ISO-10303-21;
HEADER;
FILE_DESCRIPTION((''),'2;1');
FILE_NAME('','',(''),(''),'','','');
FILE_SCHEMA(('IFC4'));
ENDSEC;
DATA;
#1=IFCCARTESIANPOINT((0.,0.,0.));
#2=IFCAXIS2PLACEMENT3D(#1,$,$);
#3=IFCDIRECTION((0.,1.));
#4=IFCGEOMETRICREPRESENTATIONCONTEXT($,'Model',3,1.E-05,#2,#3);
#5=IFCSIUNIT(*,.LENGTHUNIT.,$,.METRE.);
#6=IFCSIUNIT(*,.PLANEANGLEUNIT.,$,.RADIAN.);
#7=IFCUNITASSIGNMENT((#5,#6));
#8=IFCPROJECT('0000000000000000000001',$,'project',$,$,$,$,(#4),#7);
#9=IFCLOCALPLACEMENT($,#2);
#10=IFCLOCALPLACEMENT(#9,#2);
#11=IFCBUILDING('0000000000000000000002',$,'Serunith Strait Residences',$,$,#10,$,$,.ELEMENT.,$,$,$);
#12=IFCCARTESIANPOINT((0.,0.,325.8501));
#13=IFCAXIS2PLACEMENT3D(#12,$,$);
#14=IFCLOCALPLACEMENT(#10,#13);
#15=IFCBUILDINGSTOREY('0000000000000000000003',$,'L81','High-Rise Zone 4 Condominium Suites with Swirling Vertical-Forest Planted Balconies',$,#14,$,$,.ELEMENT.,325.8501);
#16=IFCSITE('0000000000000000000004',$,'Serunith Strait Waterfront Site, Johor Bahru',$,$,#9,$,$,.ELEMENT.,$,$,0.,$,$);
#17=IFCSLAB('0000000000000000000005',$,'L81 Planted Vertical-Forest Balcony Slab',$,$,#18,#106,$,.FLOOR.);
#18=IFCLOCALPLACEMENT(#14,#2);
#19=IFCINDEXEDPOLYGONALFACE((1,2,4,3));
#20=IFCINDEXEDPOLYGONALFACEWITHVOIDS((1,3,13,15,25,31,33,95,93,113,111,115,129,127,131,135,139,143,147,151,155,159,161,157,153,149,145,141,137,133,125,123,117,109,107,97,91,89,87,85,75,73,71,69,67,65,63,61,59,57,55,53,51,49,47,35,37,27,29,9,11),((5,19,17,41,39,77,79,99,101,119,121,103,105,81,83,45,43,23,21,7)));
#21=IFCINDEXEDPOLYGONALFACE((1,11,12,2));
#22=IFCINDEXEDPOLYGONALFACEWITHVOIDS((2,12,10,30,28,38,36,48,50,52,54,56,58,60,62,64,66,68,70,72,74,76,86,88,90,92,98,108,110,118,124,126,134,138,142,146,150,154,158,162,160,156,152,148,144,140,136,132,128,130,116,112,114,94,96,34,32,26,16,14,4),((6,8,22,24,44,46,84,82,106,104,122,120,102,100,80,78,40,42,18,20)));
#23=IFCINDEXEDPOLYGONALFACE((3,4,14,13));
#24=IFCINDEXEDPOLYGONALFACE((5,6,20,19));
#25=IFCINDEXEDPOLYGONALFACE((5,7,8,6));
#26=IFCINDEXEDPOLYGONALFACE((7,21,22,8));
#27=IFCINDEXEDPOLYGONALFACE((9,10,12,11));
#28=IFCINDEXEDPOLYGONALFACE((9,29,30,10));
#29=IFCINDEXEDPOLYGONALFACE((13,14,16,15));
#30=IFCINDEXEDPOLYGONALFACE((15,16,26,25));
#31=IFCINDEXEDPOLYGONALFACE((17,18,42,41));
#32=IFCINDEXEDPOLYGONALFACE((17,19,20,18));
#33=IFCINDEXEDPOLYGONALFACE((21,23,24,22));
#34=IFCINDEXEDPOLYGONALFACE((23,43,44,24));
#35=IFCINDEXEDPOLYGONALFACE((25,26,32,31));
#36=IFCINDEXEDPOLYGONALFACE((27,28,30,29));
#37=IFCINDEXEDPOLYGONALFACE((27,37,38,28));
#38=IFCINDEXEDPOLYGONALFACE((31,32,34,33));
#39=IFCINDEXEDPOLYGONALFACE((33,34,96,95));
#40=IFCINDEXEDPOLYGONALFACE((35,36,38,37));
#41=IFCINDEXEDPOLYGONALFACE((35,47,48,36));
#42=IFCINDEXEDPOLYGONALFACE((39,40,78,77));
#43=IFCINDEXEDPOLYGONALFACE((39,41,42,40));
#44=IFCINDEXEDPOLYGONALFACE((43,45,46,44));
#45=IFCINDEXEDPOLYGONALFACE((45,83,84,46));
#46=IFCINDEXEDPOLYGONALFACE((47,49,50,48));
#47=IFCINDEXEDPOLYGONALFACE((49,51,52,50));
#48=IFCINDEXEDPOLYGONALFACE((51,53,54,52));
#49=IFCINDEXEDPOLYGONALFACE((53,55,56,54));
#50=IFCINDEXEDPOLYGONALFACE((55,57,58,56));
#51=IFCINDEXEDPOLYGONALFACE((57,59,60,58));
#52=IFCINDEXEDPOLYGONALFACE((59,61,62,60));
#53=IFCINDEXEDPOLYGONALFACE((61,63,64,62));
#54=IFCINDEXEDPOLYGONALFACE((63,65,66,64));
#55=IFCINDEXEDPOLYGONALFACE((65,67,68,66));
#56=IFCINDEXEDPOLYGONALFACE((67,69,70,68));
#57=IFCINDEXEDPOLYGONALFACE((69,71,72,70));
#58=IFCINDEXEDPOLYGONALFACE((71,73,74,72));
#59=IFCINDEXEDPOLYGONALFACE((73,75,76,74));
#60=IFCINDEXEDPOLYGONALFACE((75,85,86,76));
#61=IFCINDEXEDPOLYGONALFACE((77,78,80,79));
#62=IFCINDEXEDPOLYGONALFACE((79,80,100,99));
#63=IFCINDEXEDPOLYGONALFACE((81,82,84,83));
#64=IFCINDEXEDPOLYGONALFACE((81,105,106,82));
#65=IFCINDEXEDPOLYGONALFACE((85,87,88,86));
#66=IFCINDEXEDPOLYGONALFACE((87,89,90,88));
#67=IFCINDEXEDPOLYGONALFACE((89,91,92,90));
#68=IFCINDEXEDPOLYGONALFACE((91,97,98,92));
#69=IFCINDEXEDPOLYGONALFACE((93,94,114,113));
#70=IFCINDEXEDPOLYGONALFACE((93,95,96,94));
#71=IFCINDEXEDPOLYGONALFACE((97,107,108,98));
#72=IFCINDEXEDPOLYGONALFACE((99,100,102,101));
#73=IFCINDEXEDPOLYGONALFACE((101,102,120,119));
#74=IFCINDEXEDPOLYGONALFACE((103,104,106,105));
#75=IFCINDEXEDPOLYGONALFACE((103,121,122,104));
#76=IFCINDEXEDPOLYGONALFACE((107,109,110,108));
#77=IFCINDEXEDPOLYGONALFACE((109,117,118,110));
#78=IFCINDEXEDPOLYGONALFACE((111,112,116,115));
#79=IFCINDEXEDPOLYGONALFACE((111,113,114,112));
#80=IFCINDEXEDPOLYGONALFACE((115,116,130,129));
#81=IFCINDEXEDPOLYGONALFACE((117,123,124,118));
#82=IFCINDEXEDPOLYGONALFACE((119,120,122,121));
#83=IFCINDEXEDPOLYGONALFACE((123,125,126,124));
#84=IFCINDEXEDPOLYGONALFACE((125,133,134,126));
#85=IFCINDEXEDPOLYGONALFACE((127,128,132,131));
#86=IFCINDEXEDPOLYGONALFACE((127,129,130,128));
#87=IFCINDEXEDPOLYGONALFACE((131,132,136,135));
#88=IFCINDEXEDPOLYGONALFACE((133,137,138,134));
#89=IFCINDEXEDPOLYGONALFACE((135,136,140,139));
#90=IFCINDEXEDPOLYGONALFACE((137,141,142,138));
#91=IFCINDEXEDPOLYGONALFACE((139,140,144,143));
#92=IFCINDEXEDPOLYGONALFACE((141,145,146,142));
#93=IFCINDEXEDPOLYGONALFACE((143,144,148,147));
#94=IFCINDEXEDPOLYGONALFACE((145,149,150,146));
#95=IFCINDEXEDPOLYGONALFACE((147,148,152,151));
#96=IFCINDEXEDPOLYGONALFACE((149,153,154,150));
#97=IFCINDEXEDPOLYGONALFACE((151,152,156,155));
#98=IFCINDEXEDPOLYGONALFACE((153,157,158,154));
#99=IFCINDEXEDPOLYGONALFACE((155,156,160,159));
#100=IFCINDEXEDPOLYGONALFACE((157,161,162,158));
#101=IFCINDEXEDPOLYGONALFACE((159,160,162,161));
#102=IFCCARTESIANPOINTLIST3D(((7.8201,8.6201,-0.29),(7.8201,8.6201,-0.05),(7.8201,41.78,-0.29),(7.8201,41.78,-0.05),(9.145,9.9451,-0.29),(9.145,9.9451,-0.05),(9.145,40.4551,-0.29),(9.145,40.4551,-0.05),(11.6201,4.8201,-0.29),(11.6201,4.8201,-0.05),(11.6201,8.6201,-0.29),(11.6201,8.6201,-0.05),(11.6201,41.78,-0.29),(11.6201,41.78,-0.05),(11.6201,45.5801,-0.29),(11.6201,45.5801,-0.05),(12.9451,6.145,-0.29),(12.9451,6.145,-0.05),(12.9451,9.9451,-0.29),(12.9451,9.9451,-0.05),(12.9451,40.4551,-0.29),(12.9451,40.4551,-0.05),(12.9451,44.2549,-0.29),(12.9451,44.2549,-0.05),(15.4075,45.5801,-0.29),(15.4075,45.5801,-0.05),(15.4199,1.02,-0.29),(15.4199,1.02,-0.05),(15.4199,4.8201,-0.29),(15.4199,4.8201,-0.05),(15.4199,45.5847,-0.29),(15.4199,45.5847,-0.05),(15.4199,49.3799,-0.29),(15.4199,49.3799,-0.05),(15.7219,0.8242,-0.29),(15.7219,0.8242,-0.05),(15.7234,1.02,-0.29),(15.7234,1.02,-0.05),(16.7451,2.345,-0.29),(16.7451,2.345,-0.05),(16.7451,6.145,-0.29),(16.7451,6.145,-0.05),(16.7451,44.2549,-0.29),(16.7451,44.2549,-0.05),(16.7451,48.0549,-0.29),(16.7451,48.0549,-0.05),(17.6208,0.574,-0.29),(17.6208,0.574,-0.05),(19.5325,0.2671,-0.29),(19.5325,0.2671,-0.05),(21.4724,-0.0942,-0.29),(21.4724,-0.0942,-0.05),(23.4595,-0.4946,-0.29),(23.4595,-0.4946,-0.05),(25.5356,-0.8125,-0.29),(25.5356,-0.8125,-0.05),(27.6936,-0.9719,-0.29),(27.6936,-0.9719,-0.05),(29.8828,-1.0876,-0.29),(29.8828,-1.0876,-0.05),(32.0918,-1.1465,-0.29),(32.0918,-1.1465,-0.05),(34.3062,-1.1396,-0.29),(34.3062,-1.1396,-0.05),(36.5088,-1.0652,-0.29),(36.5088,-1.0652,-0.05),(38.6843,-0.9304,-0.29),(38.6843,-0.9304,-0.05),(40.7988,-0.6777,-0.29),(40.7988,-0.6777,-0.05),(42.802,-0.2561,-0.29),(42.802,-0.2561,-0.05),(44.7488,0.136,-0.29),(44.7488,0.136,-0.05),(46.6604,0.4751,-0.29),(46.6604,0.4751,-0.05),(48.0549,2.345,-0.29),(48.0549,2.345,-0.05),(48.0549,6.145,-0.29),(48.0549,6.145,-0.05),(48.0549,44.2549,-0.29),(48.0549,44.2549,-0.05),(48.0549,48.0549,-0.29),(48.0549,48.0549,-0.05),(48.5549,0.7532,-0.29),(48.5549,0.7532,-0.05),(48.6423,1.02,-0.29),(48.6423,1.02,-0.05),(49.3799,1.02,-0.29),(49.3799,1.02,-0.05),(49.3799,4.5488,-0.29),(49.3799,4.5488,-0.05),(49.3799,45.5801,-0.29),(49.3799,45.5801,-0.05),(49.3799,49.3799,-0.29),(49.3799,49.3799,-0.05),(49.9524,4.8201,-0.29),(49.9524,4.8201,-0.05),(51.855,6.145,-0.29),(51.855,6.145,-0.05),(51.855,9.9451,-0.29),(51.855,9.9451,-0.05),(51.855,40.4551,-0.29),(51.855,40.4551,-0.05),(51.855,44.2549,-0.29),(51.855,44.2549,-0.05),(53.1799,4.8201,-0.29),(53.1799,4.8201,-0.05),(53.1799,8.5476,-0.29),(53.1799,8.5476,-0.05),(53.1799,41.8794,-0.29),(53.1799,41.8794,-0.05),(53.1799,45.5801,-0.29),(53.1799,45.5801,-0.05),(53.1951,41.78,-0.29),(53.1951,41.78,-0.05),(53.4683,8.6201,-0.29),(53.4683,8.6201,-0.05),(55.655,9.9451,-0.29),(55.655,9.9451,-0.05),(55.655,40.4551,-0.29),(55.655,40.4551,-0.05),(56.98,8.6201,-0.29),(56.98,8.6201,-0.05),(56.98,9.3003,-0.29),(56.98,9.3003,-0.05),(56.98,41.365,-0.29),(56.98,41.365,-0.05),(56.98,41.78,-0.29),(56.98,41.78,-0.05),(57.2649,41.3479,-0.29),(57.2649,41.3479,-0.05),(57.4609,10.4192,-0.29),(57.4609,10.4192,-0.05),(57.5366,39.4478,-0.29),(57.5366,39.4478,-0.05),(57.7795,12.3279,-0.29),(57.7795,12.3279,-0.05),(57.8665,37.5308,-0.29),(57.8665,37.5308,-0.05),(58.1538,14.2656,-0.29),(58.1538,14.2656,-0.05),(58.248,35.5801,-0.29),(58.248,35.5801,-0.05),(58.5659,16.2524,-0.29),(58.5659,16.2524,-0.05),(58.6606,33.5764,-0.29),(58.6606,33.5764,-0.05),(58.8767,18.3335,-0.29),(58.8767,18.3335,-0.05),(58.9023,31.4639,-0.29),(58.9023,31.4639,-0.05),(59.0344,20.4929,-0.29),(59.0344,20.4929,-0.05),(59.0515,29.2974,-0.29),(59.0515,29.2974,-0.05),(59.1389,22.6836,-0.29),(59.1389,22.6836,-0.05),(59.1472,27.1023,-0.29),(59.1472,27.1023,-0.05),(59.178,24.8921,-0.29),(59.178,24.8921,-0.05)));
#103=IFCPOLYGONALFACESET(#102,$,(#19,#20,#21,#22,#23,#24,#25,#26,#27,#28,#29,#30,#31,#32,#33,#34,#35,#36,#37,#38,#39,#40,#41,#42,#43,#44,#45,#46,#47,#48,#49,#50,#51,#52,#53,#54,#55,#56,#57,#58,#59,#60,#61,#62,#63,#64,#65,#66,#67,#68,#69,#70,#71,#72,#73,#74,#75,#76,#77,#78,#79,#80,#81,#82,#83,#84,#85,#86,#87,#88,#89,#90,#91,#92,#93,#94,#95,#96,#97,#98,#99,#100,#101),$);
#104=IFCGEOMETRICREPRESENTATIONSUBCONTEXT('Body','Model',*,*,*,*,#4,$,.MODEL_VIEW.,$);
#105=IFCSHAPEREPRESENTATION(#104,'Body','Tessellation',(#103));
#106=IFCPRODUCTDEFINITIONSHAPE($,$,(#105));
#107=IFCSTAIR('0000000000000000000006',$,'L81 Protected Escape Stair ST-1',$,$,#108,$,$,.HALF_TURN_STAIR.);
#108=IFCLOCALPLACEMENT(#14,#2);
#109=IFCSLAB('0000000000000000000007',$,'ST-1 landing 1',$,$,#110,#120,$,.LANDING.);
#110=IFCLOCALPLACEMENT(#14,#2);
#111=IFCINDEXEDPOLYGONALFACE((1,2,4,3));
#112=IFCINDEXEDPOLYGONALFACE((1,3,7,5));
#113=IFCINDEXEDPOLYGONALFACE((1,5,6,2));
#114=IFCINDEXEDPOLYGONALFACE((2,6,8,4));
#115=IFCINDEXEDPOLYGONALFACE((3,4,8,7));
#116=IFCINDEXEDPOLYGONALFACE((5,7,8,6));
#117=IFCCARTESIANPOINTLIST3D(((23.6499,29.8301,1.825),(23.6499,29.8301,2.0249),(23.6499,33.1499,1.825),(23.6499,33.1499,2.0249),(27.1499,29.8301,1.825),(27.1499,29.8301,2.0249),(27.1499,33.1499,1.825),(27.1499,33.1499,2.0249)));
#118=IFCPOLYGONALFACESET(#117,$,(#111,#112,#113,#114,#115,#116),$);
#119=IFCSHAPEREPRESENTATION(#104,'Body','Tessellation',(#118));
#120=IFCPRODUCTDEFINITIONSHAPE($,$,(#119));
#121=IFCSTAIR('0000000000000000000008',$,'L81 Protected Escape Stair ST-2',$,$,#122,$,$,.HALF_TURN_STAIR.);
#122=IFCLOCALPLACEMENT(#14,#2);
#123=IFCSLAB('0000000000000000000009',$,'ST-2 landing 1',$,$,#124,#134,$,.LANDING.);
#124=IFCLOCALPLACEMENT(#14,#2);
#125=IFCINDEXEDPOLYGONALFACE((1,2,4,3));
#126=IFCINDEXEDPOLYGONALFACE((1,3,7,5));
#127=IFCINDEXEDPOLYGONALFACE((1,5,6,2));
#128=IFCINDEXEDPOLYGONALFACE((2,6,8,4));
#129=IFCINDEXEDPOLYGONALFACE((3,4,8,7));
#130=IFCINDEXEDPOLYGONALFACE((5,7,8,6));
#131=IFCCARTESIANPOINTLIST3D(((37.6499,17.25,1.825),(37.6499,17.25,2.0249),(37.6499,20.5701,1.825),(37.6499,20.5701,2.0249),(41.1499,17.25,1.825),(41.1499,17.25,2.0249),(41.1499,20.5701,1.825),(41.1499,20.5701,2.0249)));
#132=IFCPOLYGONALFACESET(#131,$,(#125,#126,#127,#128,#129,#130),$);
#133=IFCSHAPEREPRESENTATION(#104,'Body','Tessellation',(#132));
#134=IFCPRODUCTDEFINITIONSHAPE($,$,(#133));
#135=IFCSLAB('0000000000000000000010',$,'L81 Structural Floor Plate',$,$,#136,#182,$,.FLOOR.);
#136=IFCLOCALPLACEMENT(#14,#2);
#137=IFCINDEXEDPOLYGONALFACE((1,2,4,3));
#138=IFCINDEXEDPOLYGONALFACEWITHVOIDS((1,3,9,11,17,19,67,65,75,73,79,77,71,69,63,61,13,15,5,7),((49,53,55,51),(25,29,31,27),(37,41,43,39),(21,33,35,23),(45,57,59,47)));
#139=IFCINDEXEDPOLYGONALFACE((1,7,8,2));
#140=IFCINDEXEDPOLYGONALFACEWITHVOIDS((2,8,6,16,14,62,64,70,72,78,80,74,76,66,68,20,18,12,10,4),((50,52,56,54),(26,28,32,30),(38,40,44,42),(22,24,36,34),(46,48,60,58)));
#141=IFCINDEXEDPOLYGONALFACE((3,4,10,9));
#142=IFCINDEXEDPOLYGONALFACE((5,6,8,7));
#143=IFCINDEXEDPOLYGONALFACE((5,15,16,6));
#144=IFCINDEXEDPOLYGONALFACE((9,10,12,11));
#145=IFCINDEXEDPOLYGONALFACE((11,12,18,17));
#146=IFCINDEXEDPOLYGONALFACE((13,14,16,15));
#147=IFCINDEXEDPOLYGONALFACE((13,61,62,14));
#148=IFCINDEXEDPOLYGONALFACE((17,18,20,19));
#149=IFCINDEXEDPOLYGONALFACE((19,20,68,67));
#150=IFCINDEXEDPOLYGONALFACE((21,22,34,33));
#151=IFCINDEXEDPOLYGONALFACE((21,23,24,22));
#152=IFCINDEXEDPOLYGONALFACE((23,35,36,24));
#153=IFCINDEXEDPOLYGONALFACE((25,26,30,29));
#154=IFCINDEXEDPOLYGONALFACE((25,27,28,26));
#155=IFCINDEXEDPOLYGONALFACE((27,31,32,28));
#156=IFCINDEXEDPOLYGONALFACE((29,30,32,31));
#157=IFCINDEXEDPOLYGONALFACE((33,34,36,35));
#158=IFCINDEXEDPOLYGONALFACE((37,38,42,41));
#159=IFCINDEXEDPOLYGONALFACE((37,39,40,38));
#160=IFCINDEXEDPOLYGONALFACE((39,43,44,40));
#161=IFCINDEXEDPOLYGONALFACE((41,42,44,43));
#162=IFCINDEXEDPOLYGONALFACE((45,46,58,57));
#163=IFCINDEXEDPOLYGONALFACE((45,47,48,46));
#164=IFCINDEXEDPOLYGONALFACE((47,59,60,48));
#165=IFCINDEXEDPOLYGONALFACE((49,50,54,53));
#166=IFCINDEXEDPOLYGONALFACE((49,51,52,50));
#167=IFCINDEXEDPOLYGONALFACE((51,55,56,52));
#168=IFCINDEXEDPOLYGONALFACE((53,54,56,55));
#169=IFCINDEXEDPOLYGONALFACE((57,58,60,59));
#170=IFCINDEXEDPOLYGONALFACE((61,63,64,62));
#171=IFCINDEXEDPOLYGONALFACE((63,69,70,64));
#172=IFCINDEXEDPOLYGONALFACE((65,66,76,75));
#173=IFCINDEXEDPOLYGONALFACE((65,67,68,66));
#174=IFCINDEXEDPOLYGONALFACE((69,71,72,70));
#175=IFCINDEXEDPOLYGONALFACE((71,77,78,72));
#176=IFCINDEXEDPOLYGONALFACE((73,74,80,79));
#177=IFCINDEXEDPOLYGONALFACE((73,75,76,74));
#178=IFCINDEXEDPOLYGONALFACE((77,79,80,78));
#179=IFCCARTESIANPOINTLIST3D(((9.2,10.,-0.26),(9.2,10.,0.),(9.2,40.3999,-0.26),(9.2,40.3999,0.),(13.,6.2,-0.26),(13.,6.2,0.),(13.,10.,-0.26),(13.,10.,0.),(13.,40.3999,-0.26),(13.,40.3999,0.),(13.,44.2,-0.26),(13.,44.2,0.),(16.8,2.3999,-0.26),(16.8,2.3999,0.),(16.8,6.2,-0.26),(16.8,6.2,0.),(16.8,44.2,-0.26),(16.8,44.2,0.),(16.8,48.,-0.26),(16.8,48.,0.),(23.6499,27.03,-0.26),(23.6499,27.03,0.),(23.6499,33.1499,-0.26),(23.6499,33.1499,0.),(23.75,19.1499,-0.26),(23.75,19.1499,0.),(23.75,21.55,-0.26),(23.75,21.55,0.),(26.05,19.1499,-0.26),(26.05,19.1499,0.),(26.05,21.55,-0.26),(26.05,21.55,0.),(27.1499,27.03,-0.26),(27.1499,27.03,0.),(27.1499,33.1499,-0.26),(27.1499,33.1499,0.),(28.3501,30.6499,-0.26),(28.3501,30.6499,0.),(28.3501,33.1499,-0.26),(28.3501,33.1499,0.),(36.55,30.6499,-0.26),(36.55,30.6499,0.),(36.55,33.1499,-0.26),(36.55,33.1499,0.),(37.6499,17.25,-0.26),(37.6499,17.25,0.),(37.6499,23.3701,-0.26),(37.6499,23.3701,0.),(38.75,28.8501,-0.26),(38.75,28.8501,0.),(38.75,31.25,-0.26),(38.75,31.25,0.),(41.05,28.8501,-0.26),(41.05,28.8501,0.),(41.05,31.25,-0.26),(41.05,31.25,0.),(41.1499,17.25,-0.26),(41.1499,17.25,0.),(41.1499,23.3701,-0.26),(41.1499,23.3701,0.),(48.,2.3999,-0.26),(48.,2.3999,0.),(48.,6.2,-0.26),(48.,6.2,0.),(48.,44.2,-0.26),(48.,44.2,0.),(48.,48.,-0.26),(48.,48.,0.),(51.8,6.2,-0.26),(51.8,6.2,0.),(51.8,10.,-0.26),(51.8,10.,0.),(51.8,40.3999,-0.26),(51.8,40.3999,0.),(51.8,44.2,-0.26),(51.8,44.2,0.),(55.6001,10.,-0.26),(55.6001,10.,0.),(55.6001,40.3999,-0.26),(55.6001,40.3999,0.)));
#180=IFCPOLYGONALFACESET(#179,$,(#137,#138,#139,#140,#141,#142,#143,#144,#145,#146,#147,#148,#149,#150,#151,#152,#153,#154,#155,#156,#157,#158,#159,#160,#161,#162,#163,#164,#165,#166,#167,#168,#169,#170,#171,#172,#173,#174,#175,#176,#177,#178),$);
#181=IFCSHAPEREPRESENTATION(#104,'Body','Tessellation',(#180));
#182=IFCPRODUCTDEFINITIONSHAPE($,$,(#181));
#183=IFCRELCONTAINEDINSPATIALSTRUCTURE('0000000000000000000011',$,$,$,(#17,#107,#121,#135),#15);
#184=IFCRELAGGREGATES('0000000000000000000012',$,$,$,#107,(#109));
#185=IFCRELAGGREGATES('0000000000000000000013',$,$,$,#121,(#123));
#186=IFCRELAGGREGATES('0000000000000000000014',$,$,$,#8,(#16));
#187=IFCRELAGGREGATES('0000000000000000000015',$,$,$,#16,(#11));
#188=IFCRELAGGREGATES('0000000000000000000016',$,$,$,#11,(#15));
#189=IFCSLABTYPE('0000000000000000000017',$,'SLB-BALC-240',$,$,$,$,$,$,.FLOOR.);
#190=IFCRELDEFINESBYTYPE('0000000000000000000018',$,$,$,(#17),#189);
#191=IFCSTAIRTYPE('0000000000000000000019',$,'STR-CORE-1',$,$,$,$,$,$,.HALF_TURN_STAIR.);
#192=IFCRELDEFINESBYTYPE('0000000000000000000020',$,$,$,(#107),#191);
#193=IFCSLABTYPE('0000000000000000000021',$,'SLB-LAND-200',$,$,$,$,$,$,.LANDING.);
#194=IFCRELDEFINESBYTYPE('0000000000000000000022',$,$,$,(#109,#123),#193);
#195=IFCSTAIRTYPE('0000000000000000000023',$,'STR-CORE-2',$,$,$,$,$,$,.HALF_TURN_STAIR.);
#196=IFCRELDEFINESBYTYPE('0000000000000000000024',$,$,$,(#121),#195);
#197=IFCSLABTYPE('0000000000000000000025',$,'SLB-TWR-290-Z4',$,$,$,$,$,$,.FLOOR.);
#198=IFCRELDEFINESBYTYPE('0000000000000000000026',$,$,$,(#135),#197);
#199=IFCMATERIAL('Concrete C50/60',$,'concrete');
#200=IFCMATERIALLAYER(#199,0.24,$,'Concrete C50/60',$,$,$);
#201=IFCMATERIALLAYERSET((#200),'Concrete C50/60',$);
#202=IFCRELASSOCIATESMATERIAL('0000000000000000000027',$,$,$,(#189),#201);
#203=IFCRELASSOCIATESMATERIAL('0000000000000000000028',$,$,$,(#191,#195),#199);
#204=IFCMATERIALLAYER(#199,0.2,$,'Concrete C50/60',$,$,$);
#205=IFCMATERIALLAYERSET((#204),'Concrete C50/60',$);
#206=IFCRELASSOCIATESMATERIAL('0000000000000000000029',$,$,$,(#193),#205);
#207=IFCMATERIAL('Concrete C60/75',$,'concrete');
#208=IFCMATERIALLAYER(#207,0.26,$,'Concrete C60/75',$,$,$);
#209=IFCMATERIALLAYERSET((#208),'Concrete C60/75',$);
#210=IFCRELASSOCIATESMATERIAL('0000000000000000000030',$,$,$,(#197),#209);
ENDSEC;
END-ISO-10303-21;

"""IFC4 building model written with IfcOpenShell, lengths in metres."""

from ifc_helpers import new_model, si_unit, direction, frame, origin, place, context, subcontext, project, spatial, polyline, outline, extrude, material, layer, layer_set, type_object, element, aggregate, save


model = new_model("IFC4")

# Units and contexts
model_context = context("Model", 3, precision=1e-05, world=origin(), true_north=direction((0.0, 1.0)))
body_context = subcontext(model_context, "Body", "Model", "MODEL_VIEW")
ifc_project = project(units=[si_unit("LENGTHUNIT", "METRE"), si_unit("PLANEANGLEUNIT", "RADIAN")], contexts=[model_context])

# Site, building, storey
site_placement = place(None, origin())
site = spatial("IfcSite", under=ifc_project, at=site_placement, Name="Serunith Strait Waterfront Site, Johor Bahru", CompositionType="ELEMENT", RefElevation=0.0)
building_placement = place(site_placement, origin())
building = spatial("IfcBuilding", under=site, at=building_placement, Name="Serunith Strait Residences", CompositionType="ELEMENT")
storey_placement = place(building_placement, frame((0.0, 0.0, 325.8501)))
storey = spatial("IfcBuildingStorey", under=building, at=storey_placement, Name="L81", Description="High-Rise Zone 4 Condominium Suites with Swirling Vertical-Forest Planted Balconies", CompositionType="ELEMENT", Elevation=325.8501)

# Slab
ifc_material_1 = material(Name="Concrete C50/60", Category="concrete")
ifc_layer_1 = layer(ifc_material_1, 0.24, Name="Concrete C50/60")
ifc_layer_set_1 = layer_set([ifc_layer_1], Name="Concrete C50/60")
slab_type_1 = type_object("IfcSlabType", Name="SLB-BALC-240", PredefinedType="FLOOR", material=ifc_layer_set_1)
slab_1_placement = place(storey_placement, frame((0.0, 0.0, -0.29)))
element("IfcSlab", 1, at=slab_1_placement, inside=storey, type_object=slab_type_1, Name="L81 Planted Vertical-Forest Balcony Slab", PredefinedType="FLOOR", context=body_context, shape_type="SweptSolid", body=[
    extrude(outline(polyline([(15.4199, 1.02), (15.4199, 4.8201), (11.6201, 4.8201), (11.6201, 8.6201), (7.8201, 8.6201), (7.8201, 41.78), (11.6201, 41.78), (11.6201, 45.5801), (15.4075, 45.5801), (15.4199, 45.5847), (15.4199, 49.3799), (49.3799, 49.3799), (49.3799, 45.5801), (53.1799, 45.5801), (53.1799, 41.8794), (53.1951, 41.78), (56.98, 41.78), (56.98, 41.365), (57.2649, 41.3479), (57.5366, 39.4478), (57.8665, 37.5308), (58.248, 35.5801), (58.6606, 33.5764), (58.9023, 31.4639), (59.0515, 29.2974), (59.1472, 27.1023), (59.178, 24.8921), (59.1389, 22.6836), (59.0344, 20.4929), (58.8767, 18.3335), (58.5659, 16.2524), (58.1538, 14.2656), (57.7795, 12.3279), (57.4609, 10.4192), (56.98, 9.3003), (56.98, 8.6201), (53.4683, 8.6201), (53.1799, 8.5476), (53.1799, 4.8201), (49.9524, 4.8201), (49.3799, 4.5488), (49.3799, 1.02), (48.6423, 1.02), (48.5549, 0.7532), (46.6604, 0.4751), (44.7488, 0.136), (42.802, -0.2561), (40.7988, -0.6777), (38.6843, -0.9304), (36.5088, -1.0652), (34.3062, -1.1396), (32.0918, -1.1465), (29.8828, -1.0876), (27.6936, -0.9719), (25.5356, -0.8125), (23.4595, -0.4946), (21.4724, -0.0942), (19.5325, 0.2671), (17.6208, 0.574), (15.7219, 0.8242), (15.7234, 1.02), (15.4199, 1.02)]), holes=[polyline([(48.0549, 2.345), (48.0549, 6.145), (51.855, 6.145), (51.855, 9.9451), (55.655, 9.9451), (55.655, 40.4551), (51.855, 40.4551), (51.855, 44.2549), (48.0549, 44.2549), (48.0549, 48.0549), (16.7451, 48.0549), (16.7451, 44.2549), (12.9451, 44.2549), (12.9451, 40.4551), (9.145, 40.4551), (9.145, 9.9451), (12.9451, 9.9451), (12.9451, 6.145), (16.7451, 6.145), (16.7451, 2.345), (48.0549, 2.345)])]), origin(), (0.0, 0.0, 1.0), 0.24),
])

# Stairs, slabs
stair_type_1 = type_object("IfcStairType", Name="STR-CORE-1", PredefinedType="HALF_TURN_STAIR", material=ifc_material_1)
stair_1_placement = place(storey_placement, origin())
stair_1 = element("IfcStair", 2, at=stair_1_placement, inside=storey, type_object=stair_type_1, Name="L81 Protected Escape Stair ST-1", PredefinedType="HALF_TURN_STAIR")
ifc_layer_2 = layer(ifc_material_1, 0.2, Name="Concrete C50/60")
ifc_layer_set_2 = layer_set([ifc_layer_2], Name="Concrete C50/60")
slab_type_2 = type_object("IfcSlabType", Name="SLB-LAND-200", PredefinedType="LANDING", material=ifc_layer_set_2)
slab_2_placement = place(storey_placement, frame((0.0, 0.0, 1.825)))
slab_2 = element("IfcSlab", 3, at=slab_2_placement, type_object=slab_type_2, Name="ST-1 landing 1", PredefinedType="LANDING", context=body_context, shape_type="SweptSolid", body=[
    extrude(outline(polyline([(27.1499, 29.8301), (27.1499, 33.1499), (23.6499, 33.1499), (23.6499, 29.8301), (27.1499, 29.8301)])), origin(), (0.0, 0.0, 1.0), 0.2),
])
aggregate(stair_1, [slab_2])
stair_type_2 = type_object("IfcStairType", Name="STR-CORE-2", PredefinedType="HALF_TURN_STAIR", material=ifc_material_1)
stair_2_placement = place(storey_placement, origin())
stair_2 = element("IfcStair", 4, at=stair_2_placement, inside=storey, type_object=stair_type_2, Name="L81 Protected Escape Stair ST-2", PredefinedType="HALF_TURN_STAIR")
slab_3_placement = place(storey_placement, frame((0.0, 0.0, 1.825)))
slab_3 = element("IfcSlab", 5, at=slab_3_placement, type_object=slab_type_2, Name="ST-2 landing 1", PredefinedType="LANDING", context=body_context, shape_type="SweptSolid", body=[
    extrude(outline(polyline([(37.6499, 20.5701), (37.6499, 17.25), (41.1499, 17.25), (41.1499, 20.5701), (37.6499, 20.5701)])), origin(), (0.0, 0.0, 1.0), 0.2),
])
aggregate(stair_2, [slab_3])

# Slab
ifc_material_2 = material(Name="Concrete C60/75", Category="concrete")
ifc_layer_3 = layer(ifc_material_2, 0.26, Name="Concrete C60/75")
ifc_layer_set_3 = layer_set([ifc_layer_3], Name="Concrete C60/75")
slab_type_3 = type_object("IfcSlabType", Name="SLB-TWR-290-Z4", PredefinedType="FLOOR", material=ifc_layer_set_3)
slab_4_placement = place(storey_placement, frame((0.0, 0.0, -0.26)))
element("IfcSlab", 6, at=slab_4_placement, inside=storey, type_object=slab_type_3, Name="L81 Structural Floor Plate", PredefinedType="FLOOR", context=body_context, shape_type="SweptSolid", body=[
    extrude(outline(polyline([(16.8, 6.2), (13.0, 6.2), (13.0, 10.0), (9.2, 10.0), (9.2, 40.3999), (13.0, 40.3999), (13.0, 44.2), (16.8, 44.2), (16.8, 48.0), (48.0, 48.0), (48.0, 44.2), (51.8, 44.2), (51.8, 40.3999), (55.6001, 40.3999), (55.6001, 10.0), (51.8, 10.0), (51.8, 6.2), (48.0, 6.2), (48.0, 2.3999), (16.8, 2.3999), (16.8, 6.2)]), holes=[polyline([(41.1499, 23.3701), (37.6499, 23.3701), (37.6499, 17.25), (41.1499, 17.25), (41.1499, 23.3701)]), polyline([(38.75, 31.25), (38.75, 28.8501), (41.05, 28.8501), (41.05, 31.25), (38.75, 31.25)]), polyline([(36.55, 33.1499), (28.3501, 33.1499), (28.3501, 30.6499), (36.55, 30.6499), (36.55, 33.1499)]), polyline([(23.6499, 33.1499), (23.6499, 27.03), (27.1499, 27.03), (27.1499, 33.1499), (23.6499, 33.1499)]), polyline([(23.75, 21.55), (23.75, 19.1499), (26.05, 19.1499), (26.05, 21.55), (23.75, 21.55)])]), origin(), (0.0, 0.0, 1.0), 0.26),
])

save(model, "model.ifc")
